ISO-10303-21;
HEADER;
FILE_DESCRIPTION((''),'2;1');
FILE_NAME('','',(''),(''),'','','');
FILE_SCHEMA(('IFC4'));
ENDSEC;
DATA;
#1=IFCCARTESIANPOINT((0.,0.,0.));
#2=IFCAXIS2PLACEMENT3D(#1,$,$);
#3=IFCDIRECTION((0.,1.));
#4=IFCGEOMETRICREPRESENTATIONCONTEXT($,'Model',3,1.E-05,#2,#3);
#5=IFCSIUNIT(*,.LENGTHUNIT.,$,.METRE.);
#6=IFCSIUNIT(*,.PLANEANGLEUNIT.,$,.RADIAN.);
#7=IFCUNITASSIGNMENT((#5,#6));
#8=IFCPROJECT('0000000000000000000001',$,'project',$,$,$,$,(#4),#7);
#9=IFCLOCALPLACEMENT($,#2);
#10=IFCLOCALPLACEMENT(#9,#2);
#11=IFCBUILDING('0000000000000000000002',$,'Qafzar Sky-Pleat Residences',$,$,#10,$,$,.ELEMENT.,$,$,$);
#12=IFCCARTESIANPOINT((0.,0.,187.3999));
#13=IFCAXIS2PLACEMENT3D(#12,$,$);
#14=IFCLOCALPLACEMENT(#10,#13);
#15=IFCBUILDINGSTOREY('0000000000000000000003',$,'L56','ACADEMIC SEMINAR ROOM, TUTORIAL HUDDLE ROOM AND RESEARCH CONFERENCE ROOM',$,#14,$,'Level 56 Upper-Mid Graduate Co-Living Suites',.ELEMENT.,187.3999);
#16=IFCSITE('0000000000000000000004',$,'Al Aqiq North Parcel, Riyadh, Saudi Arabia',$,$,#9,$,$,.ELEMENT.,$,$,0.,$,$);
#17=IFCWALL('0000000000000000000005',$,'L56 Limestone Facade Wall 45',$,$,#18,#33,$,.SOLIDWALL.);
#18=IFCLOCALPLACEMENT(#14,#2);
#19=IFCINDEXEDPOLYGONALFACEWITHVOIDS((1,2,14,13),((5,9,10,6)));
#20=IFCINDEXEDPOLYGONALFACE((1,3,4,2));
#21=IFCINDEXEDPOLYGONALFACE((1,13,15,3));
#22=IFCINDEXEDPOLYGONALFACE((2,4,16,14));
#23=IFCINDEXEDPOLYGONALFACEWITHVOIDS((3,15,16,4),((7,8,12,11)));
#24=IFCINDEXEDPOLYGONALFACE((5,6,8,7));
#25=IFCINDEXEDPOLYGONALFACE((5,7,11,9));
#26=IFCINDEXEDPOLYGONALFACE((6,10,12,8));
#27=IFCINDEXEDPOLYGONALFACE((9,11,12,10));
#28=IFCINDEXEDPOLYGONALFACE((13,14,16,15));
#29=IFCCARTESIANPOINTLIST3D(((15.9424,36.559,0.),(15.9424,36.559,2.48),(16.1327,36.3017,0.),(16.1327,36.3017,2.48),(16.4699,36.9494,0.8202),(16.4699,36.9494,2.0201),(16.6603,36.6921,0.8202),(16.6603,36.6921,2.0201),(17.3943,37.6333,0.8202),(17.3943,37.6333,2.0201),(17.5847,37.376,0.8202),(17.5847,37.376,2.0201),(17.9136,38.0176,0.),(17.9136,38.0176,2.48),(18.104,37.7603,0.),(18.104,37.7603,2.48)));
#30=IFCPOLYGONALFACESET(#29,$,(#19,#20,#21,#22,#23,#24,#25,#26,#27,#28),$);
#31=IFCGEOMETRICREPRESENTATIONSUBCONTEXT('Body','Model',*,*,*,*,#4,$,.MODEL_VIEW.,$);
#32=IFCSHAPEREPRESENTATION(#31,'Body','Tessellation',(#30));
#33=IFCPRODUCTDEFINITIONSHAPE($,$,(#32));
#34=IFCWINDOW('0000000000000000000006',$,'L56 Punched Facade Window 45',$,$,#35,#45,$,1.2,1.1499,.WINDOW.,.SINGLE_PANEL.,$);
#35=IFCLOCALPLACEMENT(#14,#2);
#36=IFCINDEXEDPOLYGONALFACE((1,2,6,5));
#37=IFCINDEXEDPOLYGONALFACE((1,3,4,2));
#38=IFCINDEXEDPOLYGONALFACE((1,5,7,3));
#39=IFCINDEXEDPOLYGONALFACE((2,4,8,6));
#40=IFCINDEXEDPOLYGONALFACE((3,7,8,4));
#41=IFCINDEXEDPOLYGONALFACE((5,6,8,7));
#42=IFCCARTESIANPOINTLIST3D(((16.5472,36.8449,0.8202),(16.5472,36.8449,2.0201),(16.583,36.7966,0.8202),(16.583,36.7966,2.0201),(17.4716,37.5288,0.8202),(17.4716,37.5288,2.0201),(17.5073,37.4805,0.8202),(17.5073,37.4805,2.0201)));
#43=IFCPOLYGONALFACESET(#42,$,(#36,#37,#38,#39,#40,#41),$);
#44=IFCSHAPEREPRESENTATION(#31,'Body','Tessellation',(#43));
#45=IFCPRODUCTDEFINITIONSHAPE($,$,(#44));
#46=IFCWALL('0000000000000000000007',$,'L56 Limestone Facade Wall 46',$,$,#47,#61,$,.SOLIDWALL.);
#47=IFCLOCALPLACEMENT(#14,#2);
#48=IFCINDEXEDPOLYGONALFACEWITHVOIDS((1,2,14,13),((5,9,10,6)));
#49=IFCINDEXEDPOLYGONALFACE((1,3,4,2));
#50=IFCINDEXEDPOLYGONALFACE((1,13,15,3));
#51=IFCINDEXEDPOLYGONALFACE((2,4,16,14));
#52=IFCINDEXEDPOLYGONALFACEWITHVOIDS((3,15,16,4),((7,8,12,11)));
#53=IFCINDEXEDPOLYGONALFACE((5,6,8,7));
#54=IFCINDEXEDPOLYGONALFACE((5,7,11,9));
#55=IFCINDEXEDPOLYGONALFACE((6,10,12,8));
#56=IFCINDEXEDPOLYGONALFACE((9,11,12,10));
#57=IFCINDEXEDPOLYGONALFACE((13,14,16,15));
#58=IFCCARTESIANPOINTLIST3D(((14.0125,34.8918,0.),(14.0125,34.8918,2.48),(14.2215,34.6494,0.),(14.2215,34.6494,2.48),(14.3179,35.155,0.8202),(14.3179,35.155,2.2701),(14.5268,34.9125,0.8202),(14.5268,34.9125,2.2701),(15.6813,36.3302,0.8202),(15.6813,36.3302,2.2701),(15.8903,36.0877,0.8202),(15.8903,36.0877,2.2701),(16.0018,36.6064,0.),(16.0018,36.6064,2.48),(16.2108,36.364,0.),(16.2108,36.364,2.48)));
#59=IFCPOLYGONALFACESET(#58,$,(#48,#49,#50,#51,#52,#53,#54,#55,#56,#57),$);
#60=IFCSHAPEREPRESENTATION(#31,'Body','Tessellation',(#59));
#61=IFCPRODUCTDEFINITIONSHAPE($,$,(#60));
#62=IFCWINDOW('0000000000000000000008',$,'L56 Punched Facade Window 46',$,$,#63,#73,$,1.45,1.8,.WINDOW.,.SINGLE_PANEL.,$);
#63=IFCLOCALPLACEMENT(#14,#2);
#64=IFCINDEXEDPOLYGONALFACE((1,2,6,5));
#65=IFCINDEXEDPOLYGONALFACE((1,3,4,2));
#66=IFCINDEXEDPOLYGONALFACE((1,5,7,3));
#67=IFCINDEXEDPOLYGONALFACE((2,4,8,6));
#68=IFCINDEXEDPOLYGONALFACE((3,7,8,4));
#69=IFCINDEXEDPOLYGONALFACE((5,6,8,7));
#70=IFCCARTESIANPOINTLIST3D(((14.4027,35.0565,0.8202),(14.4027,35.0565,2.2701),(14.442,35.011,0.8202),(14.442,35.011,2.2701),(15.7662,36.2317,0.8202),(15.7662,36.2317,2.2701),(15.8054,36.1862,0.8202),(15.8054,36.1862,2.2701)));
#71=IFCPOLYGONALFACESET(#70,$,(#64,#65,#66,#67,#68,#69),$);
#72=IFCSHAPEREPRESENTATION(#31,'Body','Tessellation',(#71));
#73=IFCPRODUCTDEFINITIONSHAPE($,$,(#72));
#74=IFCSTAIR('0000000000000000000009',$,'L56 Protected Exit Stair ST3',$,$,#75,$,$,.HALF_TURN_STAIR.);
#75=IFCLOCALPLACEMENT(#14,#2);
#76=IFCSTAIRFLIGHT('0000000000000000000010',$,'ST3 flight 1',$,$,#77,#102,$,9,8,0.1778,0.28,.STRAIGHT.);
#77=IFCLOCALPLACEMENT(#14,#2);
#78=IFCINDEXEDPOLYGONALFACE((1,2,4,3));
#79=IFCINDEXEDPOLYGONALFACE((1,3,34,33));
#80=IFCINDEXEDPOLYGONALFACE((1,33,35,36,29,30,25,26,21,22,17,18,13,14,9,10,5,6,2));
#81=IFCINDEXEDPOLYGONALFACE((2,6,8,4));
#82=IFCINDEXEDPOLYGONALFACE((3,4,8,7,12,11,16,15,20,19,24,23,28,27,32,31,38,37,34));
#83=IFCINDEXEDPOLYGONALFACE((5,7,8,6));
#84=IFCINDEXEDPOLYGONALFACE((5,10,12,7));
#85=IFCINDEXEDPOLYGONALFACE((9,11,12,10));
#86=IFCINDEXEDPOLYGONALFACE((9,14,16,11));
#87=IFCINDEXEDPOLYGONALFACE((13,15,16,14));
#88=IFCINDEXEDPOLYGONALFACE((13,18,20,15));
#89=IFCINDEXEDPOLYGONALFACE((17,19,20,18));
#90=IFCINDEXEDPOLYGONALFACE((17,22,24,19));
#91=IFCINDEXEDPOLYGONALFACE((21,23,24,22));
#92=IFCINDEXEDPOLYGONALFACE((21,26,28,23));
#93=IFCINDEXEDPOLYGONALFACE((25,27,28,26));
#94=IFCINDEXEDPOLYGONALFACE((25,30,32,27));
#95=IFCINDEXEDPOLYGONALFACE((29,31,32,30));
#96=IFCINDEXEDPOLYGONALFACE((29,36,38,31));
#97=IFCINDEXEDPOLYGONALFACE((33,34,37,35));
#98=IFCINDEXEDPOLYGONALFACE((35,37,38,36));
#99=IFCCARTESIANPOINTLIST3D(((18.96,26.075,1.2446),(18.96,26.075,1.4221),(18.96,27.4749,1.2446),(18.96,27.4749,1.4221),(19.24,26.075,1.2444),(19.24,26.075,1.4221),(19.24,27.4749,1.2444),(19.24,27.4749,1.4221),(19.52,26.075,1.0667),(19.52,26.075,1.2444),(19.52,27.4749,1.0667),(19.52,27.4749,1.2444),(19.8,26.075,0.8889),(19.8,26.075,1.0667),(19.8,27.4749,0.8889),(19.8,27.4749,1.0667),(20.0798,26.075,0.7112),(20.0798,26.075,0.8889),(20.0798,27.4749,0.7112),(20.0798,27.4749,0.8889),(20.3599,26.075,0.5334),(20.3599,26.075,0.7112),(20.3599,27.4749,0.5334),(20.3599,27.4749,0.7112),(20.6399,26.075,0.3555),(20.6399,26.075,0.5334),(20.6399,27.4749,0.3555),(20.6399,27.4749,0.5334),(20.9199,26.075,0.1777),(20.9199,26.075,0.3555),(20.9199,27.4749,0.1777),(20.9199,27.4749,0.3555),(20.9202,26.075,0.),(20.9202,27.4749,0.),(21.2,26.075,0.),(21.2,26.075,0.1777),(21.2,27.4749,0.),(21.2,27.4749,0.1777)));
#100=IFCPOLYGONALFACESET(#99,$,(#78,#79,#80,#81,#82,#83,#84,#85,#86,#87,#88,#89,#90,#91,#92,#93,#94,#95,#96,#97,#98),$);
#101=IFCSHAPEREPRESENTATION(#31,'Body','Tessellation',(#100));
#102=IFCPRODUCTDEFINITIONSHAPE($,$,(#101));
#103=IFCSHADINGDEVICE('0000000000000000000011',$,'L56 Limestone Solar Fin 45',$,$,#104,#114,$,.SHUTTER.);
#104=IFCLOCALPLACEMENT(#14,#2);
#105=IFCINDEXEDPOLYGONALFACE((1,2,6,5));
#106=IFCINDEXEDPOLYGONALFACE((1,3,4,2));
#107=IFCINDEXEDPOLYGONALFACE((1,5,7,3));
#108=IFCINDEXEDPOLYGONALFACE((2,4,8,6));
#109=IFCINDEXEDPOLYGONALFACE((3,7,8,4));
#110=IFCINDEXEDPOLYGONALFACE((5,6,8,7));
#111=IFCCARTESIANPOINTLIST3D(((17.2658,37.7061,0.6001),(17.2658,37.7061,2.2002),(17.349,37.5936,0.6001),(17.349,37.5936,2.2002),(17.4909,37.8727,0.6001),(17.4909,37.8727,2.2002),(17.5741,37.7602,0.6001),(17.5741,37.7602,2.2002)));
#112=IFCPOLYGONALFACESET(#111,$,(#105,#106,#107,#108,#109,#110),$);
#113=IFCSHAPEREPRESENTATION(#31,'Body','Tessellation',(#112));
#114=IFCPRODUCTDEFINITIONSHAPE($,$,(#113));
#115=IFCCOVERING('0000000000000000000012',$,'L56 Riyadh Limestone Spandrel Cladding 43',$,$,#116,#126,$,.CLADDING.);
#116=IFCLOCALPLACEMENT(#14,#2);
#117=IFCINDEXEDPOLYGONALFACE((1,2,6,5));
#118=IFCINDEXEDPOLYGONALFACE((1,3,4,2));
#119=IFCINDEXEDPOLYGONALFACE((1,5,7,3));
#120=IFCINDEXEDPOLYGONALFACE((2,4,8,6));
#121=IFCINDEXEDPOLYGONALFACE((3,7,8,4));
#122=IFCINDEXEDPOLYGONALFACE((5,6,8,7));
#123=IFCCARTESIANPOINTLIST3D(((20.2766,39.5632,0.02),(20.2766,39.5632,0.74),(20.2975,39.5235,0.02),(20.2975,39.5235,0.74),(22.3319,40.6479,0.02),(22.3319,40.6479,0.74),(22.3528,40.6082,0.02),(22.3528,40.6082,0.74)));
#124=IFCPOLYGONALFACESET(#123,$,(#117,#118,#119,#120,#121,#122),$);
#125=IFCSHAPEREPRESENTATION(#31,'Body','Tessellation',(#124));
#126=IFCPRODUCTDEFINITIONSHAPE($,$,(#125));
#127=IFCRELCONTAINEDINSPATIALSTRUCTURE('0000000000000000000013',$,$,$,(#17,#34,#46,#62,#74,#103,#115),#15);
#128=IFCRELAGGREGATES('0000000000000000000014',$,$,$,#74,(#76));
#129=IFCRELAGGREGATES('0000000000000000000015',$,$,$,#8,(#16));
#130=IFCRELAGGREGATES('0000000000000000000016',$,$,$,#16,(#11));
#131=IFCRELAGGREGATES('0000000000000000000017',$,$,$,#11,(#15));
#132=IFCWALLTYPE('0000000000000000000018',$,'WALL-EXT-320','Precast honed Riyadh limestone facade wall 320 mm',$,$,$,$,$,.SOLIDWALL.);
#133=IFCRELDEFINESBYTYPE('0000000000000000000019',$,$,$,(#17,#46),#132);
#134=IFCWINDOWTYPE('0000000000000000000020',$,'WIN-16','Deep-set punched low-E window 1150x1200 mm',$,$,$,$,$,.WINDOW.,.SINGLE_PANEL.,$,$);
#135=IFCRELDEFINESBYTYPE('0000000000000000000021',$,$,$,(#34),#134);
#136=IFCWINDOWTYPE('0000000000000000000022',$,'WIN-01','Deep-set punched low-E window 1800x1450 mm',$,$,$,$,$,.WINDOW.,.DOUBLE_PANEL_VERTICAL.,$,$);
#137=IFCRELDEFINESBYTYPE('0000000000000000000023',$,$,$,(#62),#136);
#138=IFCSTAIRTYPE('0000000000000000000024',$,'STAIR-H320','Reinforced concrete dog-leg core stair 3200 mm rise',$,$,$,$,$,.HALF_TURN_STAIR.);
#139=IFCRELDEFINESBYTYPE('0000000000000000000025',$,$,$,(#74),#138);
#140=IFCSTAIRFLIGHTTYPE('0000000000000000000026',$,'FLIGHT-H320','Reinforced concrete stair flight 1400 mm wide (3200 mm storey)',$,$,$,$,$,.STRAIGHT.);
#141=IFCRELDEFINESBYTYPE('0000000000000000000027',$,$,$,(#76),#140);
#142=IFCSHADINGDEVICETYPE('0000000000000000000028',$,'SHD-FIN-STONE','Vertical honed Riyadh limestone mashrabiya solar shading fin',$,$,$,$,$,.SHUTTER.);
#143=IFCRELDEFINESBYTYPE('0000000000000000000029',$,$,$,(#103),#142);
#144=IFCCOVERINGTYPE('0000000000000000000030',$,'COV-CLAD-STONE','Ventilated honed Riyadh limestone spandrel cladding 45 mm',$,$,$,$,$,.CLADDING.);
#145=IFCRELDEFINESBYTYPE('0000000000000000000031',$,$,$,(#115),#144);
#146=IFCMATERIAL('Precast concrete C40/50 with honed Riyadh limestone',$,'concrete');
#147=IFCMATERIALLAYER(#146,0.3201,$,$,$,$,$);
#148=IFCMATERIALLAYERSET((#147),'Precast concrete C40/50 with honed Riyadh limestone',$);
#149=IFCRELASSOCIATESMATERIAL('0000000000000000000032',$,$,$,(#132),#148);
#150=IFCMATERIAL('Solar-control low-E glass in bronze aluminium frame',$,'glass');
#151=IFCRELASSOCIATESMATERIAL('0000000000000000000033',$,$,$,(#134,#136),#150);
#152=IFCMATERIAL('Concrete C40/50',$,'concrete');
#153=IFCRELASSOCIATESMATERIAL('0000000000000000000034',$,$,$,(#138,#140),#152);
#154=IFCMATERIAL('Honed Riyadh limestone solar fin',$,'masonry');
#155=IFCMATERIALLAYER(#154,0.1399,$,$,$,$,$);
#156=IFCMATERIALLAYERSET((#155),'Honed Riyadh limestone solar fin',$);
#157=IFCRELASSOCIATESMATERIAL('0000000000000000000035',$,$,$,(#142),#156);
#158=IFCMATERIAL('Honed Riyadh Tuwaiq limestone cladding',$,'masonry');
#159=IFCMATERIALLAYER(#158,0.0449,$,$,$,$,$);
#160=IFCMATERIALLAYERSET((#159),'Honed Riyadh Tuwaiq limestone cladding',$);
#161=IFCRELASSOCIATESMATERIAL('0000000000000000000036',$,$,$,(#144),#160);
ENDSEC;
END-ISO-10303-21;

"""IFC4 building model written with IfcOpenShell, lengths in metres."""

from ifc_helpers import new_model, si_unit, direction, frame, frame_2d, origin, origin_2d, place, context, subcontext, project, spatial, polyline, rectangle, outline, extrude, source, transform, mapped, material, layer, layer_set, type_object, element, fill, aggregate, save


model = new_model("IFC4")

# Units and contexts
model_context = context("Model", 3, precision=1e-05, world=origin(), true_north=direction((0.0, 1.0)))
body_context = subcontext(model_context, "Body", "Model", "MODEL_VIEW")
ifc_project = project(units=[si_unit("LENGTHUNIT", "METRE"), si_unit("PLANEANGLEUNIT", "RADIAN")], contexts=[model_context])

# Site, building, storey
site_placement = place(None, origin())
site = spatial("IfcSite", under=ifc_project, at=site_placement, Name="Al Aqiq North Parcel, Riyadh, Saudi Arabia", CompositionType="ELEMENT", RefElevation=0.0)
building_placement = place(site_placement, origin())
building = spatial("IfcBuilding", under=site, at=building_placement, Name="Qafzar Sky-Pleat Residences", CompositionType="ELEMENT")
storey_placement = place(building_placement, frame((0.0, 0.0, 187.3999)))
storey = spatial("IfcBuildingStorey", under=building, at=storey_placement, Name="L56", Description="ACADEMIC SEMINAR ROOM, TUTORIAL HUDDLE ROOM AND RESEARCH CONFERENCE ROOM", LongName="Level 56 Upper-Mid Graduate Co-Living Suites", CompositionType="ELEMENT", Elevation=187.3999)

# Shared definitions
ifc_material_1 = material(Name="Precast concrete C40/50 with honed Riyadh limestone", Category="concrete")
ifc_layer_1 = layer(ifc_material_1, 0.3201)
ifc_layer_set_1 = layer_set([ifc_layer_1], Name="Precast concrete C40/50 with honed Riyadh limestone")
wall_type_1 = type_object("IfcWallType", Name="WALL-EXT-320", Description="Precast honed Riyadh limestone facade wall 320 mm", PredefinedType="SOLIDWALL", material=ifc_layer_set_1)
ifc_material_2 = material(Name="Solar-control low-E glass in bronze aluminium frame", Category="glass")

# Walls, openings, windows
wall_1_placement = place(storey_placement, frame((18.0088, 37.8889, 0.0), z_axis=(0.0, 0.0, 1.0), x_axis=(-0.803878, -0.594794, 0.0)))
wall_1 = element("IfcWall", 1, at=wall_1_placement, inside=storey, type_object=wall_type_1, Name="L56 Limestone Facade Wall 45", PredefinedType="SOLIDWALL", context=body_context, shape_type="SweptSolid", body=[
    extrude(rectangle(XDim=2.4521, YDim=0.3201, at=frame_2d((1.2261, 0.0))), origin(), (0.0, 0.0, 1.0), 2.48),
])
opening_1_placement = place(wall_1_placement, frame((0.646, 0.0, 0.8201)))
opening_1 = element("IfcOpeningElement", 2, at=opening_1_placement, cuts=wall_1, PredefinedType="OPENING", context=body_context, shape_type="SweptSolid", body=[
    extrude(rectangle(XDim=1.1499, YDim=1.2, at=frame_2d((0.575, 0.6001))), frame((0.0, 0.1699, 0.0), z_axis=(0.0, -1.0, 0.0), x_axis=(1.0, 0.0, 0.0)), (0.0, 0.0, 1.0), 0.3401),
])
window_type_1 = type_object("IfcWindowType", Name="WIN-16", Description="Deep-set punched low-E window 1150x1200 mm", PartitioningType="SINGLE_PANEL", PredefinedType="WINDOW", material=ifc_material_2)
shared_shape_1 = source(origin(), body_context, "Body", "SweptSolid", [
    extrude(rectangle(XDim=1.1499, YDim=1.2, at=frame_2d((0.575, 0.6001))), frame((0.0, 0.03, 0.0), z_axis=(0.0, -1.0, 0.0), x_axis=(1.0, 0.0, 0.0)), (0.0, 0.0, 1.0), 0.0601),
])
window_1_placement = place(opening_1_placement, origin())
window_1 = element("IfcWindow", 3, at=window_1_placement, inside=storey, type_object=window_type_1, Name="L56 Punched Facade Window 45", OverallHeight=1.2, OverallWidth=1.1499, PartitioningType="SINGLE_PANEL", PredefinedType="WINDOW", context=body_context, shape_type="MappedRepresentation", body=[
    mapped(shared_shape_1, transform((0.0, 0.0, 0.0), x_axis=(1.0, 0.0, 0.0), y_axis=(0.0, 1.0, 0.0), z_axis=(0.0, 0.0, 1.0), scale=1.0)),
])
fill(opening_1, window_1)
wall_2_placement = place(storey_placement, frame((16.1062, 36.4851, 0.0), z_axis=(0.0, 0.0, 1.0), x_axis=(-0.757462, -0.652879, 0.0)))
wall_2 = element("IfcWall", 4, at=wall_2_placement, inside=storey, type_object=wall_type_1, Name="L56 Limestone Facade Wall 46", PredefinedType="SOLIDWALL", context=body_context, shape_type="SweptSolid", body=[
    extrude(rectangle(XDim=2.6262, YDim=0.3201, at=frame_2d((1.313, 0.0))), origin(), (0.0, 0.0, 1.0), 2.48),
])
opening_2_placement = place(wall_2_placement, frame((0.4231, 0.0, 0.8201)))
opening_2 = element("IfcOpeningElement", 5, at=opening_2_placement, cuts=wall_2, PredefinedType="OPENING", context=body_context, shape_type="SweptSolid", body=[
    extrude(rectangle(XDim=1.8, YDim=1.45, at=frame_2d((0.8999, 0.7251))), frame((0.0, 0.1699, 0.0), z_axis=(0.0, -1.0, 0.0), x_axis=(1.0, 0.0, 0.0)), (0.0, 0.0, 1.0), 0.3401),
])
window_type_2 = type_object("IfcWindowType", Name="WIN-01", Description="Deep-set punched low-E window 1800x1450 mm", PartitioningType="DOUBLE_PANEL_VERTICAL", PredefinedType="WINDOW", material=ifc_material_2)
shared_shape_2 = source(origin(), body_context, "Body", "SweptSolid", [
    extrude(rectangle(XDim=1.8, YDim=1.45, at=frame_2d((0.8999, 0.7251))), frame((0.0, 0.03, 0.0), z_axis=(0.0, -1.0, 0.0), x_axis=(1.0, 0.0, 0.0)), (0.0, 0.0, 1.0), 0.0601),
])
window_2_placement = place(opening_2_placement, origin())
window_2 = element("IfcWindow", 6, at=window_2_placement, inside=storey, type_object=window_type_2, Name="L56 Punched Facade Window 46", OverallHeight=1.45, OverallWidth=1.8, PartitioningType="SINGLE_PANEL", PredefinedType="WINDOW", context=body_context, shape_type="MappedRepresentation", body=[
    mapped(shared_shape_2, transform((0.0, 0.0, 0.0), x_axis=(1.0, 0.0, 0.0), y_axis=(0.0, 1.0, 0.0), z_axis=(0.0, 0.0, 1.0), scale=1.0)),
])
fill(opening_2, window_2)

# Stair, stair flight
ifc_material_3 = material(Name="Concrete C40/50", Category="concrete")
stair_type = type_object("IfcStairType", Name="STAIR-H320", Description="Reinforced concrete dog-leg core stair 3200 mm rise", PredefinedType="HALF_TURN_STAIR", material=ifc_material_3)
stair_placement = place(storey_placement, origin())
stair = element("IfcStair", 7, at=stair_placement, inside=storey, type_object=stair_type, Name="L56 Protected Exit Stair ST3", PredefinedType="HALF_TURN_STAIR")
stair_flight_type = type_object("IfcStairFlightType", Name="FLIGHT-H320", Description="Reinforced concrete stair flight 1400 mm wide (3200 mm storey)", PredefinedType="STRAIGHT", material=ifc_material_3)
shared_shape_3 = source(origin(), body_context, "Body", "SweptSolid", [
    extrude(outline(polyline([(0.0, 0.0), (0.0, 0.1777), (0.28, 0.1777), (0.28, 0.3555), (0.5601, 0.3555), (0.5601, 0.5334), (0.8401, 0.5334), (0.8401, 0.7112), (1.1201, 0.7112), (1.1201, 0.8889), (1.3999, 0.8889), (1.3999, 1.0667), (1.6799, 1.0667), (1.6799, 1.2444), (1.96, 1.2444), (1.96, 1.4221), (2.24, 1.4221), (2.24, 1.6001), (2.24, 1.2446), (0.2798, 0.0), (0.0, 0.0)])), frame((0.0, 0.7, 0.0), z_axis=(0.0, -1.0, 0.0), x_axis=(1.0, 0.0, 0.0)), (0.0, 0.0, 1.0), 1.3999),
])
stair_flight_placement = place(storey_placement, frame((21.2, 26.7749, 0.0), z_axis=(0.0, 0.0, 1.0), x_axis=(-1.0, 0.0, 0.0)))
stair_flight = element("IfcStairFlight", 8, at=stair_flight_placement, type_object=stair_flight_type, Name="ST3 flight 1", NumberOfRisers=9, NumberOfTreads=8, PredefinedType="STRAIGHT", RiserHeight=0.1778, TreadLength=0.28, context=body_context, shape_type="MappedRepresentation", body=[
    mapped(shared_shape_3, transform((0.0, 0.0, 0.0), x_axis=(1.0, 0.0, 0.0), y_axis=(0.0, 1.0, 0.0), z_axis=(0.0, 0.0, 1.0), scale=1.0)),
])
aggregate(stair, [stair_flight])

# Shading device
ifc_material_4 = material(Name="Honed Riyadh limestone solar fin", Category="masonry")
ifc_layer_2 = layer(ifc_material_4, 0.1399)
ifc_layer_set_2 = layer_set([ifc_layer_2], Name="Honed Riyadh limestone solar fin")
shading_device_type = type_object("IfcShadingDeviceType", Name="SHD-FIN-STONE", Description="Vertical honed Riyadh limestone mashrabiya solar shading fin", PredefinedType="SHUTTER", material=ifc_layer_set_2)
shared_shape_4 = source(origin(), body_context, "Body", "SweptSolid", [
    extrude(rectangle(XDim=0.1399, YDim=0.28, at=origin_2d()), origin(), (0.0, 0.0, 1.0), 1.6001),
])
shading_device_placement = place(storey_placement, frame((17.4199, 37.7332, 0.6001), z_axis=(0.0, 0.0, 1.0), x_axis=(-0.59487, 0.803822, 0.0)))
element("IfcShadingDevice", 9, at=shading_device_placement, inside=storey, type_object=shading_device_type, Name="L56 Limestone Solar Fin 45", PredefinedType="SHUTTER", context=body_context, shape_type="MappedRepresentation", body=[
    mapped(shared_shape_4, transform((0.0, 0.0, 0.0), x_axis=(1.0, 0.0, 0.0), y_axis=(0.0, 1.0, 0.0), z_axis=(0.0, 0.0, 1.0), scale=1.0)),
])

# Covering
ifc_material_5 = material(Name="Honed Riyadh Tuwaiq limestone cladding", Category="masonry")
ifc_layer_3 = layer(ifc_material_5, 0.0449)
ifc_layer_set_3 = layer_set([ifc_layer_3], Name="Honed Riyadh Tuwaiq limestone cladding")
covering_type = type_object("IfcCoveringType", Name="COV-CLAD-STONE", Description="Ventilated honed Riyadh limestone spandrel cladding 45 mm", PredefinedType="CLADDING", material=ifc_layer_set_3)
shared_shape_5 = source(origin(), body_context, "Body", "SweptSolid", [
    extrude(rectangle(XDim=2.324, YDim=0.0449, at=origin_2d()), origin(), (0.0, 0.0, 1.0), 0.72),
])
covering_placement = place(storey_placement, frame((21.3147, 40.0857, 0.02), z_axis=(0.0, 0.0, 1.0), x_axis=(-0.884383, -0.466763, 0.0)))
element("IfcCovering", 10, at=covering_placement, inside=storey, type_object=covering_type, Name="L56 Riyadh Limestone Spandrel Cladding 43", PredefinedType="CLADDING", context=body_context, shape_type="MappedRepresentation", body=[
    mapped(shared_shape_5, transform((0.0, 0.0, 0.0), x_axis=(1.0, 0.0, 0.0), y_axis=(0.0, 1.0, 0.0), z_axis=(0.0, 0.0, 1.0), scale=1.0)),
])

save(model, "model.ifc")
